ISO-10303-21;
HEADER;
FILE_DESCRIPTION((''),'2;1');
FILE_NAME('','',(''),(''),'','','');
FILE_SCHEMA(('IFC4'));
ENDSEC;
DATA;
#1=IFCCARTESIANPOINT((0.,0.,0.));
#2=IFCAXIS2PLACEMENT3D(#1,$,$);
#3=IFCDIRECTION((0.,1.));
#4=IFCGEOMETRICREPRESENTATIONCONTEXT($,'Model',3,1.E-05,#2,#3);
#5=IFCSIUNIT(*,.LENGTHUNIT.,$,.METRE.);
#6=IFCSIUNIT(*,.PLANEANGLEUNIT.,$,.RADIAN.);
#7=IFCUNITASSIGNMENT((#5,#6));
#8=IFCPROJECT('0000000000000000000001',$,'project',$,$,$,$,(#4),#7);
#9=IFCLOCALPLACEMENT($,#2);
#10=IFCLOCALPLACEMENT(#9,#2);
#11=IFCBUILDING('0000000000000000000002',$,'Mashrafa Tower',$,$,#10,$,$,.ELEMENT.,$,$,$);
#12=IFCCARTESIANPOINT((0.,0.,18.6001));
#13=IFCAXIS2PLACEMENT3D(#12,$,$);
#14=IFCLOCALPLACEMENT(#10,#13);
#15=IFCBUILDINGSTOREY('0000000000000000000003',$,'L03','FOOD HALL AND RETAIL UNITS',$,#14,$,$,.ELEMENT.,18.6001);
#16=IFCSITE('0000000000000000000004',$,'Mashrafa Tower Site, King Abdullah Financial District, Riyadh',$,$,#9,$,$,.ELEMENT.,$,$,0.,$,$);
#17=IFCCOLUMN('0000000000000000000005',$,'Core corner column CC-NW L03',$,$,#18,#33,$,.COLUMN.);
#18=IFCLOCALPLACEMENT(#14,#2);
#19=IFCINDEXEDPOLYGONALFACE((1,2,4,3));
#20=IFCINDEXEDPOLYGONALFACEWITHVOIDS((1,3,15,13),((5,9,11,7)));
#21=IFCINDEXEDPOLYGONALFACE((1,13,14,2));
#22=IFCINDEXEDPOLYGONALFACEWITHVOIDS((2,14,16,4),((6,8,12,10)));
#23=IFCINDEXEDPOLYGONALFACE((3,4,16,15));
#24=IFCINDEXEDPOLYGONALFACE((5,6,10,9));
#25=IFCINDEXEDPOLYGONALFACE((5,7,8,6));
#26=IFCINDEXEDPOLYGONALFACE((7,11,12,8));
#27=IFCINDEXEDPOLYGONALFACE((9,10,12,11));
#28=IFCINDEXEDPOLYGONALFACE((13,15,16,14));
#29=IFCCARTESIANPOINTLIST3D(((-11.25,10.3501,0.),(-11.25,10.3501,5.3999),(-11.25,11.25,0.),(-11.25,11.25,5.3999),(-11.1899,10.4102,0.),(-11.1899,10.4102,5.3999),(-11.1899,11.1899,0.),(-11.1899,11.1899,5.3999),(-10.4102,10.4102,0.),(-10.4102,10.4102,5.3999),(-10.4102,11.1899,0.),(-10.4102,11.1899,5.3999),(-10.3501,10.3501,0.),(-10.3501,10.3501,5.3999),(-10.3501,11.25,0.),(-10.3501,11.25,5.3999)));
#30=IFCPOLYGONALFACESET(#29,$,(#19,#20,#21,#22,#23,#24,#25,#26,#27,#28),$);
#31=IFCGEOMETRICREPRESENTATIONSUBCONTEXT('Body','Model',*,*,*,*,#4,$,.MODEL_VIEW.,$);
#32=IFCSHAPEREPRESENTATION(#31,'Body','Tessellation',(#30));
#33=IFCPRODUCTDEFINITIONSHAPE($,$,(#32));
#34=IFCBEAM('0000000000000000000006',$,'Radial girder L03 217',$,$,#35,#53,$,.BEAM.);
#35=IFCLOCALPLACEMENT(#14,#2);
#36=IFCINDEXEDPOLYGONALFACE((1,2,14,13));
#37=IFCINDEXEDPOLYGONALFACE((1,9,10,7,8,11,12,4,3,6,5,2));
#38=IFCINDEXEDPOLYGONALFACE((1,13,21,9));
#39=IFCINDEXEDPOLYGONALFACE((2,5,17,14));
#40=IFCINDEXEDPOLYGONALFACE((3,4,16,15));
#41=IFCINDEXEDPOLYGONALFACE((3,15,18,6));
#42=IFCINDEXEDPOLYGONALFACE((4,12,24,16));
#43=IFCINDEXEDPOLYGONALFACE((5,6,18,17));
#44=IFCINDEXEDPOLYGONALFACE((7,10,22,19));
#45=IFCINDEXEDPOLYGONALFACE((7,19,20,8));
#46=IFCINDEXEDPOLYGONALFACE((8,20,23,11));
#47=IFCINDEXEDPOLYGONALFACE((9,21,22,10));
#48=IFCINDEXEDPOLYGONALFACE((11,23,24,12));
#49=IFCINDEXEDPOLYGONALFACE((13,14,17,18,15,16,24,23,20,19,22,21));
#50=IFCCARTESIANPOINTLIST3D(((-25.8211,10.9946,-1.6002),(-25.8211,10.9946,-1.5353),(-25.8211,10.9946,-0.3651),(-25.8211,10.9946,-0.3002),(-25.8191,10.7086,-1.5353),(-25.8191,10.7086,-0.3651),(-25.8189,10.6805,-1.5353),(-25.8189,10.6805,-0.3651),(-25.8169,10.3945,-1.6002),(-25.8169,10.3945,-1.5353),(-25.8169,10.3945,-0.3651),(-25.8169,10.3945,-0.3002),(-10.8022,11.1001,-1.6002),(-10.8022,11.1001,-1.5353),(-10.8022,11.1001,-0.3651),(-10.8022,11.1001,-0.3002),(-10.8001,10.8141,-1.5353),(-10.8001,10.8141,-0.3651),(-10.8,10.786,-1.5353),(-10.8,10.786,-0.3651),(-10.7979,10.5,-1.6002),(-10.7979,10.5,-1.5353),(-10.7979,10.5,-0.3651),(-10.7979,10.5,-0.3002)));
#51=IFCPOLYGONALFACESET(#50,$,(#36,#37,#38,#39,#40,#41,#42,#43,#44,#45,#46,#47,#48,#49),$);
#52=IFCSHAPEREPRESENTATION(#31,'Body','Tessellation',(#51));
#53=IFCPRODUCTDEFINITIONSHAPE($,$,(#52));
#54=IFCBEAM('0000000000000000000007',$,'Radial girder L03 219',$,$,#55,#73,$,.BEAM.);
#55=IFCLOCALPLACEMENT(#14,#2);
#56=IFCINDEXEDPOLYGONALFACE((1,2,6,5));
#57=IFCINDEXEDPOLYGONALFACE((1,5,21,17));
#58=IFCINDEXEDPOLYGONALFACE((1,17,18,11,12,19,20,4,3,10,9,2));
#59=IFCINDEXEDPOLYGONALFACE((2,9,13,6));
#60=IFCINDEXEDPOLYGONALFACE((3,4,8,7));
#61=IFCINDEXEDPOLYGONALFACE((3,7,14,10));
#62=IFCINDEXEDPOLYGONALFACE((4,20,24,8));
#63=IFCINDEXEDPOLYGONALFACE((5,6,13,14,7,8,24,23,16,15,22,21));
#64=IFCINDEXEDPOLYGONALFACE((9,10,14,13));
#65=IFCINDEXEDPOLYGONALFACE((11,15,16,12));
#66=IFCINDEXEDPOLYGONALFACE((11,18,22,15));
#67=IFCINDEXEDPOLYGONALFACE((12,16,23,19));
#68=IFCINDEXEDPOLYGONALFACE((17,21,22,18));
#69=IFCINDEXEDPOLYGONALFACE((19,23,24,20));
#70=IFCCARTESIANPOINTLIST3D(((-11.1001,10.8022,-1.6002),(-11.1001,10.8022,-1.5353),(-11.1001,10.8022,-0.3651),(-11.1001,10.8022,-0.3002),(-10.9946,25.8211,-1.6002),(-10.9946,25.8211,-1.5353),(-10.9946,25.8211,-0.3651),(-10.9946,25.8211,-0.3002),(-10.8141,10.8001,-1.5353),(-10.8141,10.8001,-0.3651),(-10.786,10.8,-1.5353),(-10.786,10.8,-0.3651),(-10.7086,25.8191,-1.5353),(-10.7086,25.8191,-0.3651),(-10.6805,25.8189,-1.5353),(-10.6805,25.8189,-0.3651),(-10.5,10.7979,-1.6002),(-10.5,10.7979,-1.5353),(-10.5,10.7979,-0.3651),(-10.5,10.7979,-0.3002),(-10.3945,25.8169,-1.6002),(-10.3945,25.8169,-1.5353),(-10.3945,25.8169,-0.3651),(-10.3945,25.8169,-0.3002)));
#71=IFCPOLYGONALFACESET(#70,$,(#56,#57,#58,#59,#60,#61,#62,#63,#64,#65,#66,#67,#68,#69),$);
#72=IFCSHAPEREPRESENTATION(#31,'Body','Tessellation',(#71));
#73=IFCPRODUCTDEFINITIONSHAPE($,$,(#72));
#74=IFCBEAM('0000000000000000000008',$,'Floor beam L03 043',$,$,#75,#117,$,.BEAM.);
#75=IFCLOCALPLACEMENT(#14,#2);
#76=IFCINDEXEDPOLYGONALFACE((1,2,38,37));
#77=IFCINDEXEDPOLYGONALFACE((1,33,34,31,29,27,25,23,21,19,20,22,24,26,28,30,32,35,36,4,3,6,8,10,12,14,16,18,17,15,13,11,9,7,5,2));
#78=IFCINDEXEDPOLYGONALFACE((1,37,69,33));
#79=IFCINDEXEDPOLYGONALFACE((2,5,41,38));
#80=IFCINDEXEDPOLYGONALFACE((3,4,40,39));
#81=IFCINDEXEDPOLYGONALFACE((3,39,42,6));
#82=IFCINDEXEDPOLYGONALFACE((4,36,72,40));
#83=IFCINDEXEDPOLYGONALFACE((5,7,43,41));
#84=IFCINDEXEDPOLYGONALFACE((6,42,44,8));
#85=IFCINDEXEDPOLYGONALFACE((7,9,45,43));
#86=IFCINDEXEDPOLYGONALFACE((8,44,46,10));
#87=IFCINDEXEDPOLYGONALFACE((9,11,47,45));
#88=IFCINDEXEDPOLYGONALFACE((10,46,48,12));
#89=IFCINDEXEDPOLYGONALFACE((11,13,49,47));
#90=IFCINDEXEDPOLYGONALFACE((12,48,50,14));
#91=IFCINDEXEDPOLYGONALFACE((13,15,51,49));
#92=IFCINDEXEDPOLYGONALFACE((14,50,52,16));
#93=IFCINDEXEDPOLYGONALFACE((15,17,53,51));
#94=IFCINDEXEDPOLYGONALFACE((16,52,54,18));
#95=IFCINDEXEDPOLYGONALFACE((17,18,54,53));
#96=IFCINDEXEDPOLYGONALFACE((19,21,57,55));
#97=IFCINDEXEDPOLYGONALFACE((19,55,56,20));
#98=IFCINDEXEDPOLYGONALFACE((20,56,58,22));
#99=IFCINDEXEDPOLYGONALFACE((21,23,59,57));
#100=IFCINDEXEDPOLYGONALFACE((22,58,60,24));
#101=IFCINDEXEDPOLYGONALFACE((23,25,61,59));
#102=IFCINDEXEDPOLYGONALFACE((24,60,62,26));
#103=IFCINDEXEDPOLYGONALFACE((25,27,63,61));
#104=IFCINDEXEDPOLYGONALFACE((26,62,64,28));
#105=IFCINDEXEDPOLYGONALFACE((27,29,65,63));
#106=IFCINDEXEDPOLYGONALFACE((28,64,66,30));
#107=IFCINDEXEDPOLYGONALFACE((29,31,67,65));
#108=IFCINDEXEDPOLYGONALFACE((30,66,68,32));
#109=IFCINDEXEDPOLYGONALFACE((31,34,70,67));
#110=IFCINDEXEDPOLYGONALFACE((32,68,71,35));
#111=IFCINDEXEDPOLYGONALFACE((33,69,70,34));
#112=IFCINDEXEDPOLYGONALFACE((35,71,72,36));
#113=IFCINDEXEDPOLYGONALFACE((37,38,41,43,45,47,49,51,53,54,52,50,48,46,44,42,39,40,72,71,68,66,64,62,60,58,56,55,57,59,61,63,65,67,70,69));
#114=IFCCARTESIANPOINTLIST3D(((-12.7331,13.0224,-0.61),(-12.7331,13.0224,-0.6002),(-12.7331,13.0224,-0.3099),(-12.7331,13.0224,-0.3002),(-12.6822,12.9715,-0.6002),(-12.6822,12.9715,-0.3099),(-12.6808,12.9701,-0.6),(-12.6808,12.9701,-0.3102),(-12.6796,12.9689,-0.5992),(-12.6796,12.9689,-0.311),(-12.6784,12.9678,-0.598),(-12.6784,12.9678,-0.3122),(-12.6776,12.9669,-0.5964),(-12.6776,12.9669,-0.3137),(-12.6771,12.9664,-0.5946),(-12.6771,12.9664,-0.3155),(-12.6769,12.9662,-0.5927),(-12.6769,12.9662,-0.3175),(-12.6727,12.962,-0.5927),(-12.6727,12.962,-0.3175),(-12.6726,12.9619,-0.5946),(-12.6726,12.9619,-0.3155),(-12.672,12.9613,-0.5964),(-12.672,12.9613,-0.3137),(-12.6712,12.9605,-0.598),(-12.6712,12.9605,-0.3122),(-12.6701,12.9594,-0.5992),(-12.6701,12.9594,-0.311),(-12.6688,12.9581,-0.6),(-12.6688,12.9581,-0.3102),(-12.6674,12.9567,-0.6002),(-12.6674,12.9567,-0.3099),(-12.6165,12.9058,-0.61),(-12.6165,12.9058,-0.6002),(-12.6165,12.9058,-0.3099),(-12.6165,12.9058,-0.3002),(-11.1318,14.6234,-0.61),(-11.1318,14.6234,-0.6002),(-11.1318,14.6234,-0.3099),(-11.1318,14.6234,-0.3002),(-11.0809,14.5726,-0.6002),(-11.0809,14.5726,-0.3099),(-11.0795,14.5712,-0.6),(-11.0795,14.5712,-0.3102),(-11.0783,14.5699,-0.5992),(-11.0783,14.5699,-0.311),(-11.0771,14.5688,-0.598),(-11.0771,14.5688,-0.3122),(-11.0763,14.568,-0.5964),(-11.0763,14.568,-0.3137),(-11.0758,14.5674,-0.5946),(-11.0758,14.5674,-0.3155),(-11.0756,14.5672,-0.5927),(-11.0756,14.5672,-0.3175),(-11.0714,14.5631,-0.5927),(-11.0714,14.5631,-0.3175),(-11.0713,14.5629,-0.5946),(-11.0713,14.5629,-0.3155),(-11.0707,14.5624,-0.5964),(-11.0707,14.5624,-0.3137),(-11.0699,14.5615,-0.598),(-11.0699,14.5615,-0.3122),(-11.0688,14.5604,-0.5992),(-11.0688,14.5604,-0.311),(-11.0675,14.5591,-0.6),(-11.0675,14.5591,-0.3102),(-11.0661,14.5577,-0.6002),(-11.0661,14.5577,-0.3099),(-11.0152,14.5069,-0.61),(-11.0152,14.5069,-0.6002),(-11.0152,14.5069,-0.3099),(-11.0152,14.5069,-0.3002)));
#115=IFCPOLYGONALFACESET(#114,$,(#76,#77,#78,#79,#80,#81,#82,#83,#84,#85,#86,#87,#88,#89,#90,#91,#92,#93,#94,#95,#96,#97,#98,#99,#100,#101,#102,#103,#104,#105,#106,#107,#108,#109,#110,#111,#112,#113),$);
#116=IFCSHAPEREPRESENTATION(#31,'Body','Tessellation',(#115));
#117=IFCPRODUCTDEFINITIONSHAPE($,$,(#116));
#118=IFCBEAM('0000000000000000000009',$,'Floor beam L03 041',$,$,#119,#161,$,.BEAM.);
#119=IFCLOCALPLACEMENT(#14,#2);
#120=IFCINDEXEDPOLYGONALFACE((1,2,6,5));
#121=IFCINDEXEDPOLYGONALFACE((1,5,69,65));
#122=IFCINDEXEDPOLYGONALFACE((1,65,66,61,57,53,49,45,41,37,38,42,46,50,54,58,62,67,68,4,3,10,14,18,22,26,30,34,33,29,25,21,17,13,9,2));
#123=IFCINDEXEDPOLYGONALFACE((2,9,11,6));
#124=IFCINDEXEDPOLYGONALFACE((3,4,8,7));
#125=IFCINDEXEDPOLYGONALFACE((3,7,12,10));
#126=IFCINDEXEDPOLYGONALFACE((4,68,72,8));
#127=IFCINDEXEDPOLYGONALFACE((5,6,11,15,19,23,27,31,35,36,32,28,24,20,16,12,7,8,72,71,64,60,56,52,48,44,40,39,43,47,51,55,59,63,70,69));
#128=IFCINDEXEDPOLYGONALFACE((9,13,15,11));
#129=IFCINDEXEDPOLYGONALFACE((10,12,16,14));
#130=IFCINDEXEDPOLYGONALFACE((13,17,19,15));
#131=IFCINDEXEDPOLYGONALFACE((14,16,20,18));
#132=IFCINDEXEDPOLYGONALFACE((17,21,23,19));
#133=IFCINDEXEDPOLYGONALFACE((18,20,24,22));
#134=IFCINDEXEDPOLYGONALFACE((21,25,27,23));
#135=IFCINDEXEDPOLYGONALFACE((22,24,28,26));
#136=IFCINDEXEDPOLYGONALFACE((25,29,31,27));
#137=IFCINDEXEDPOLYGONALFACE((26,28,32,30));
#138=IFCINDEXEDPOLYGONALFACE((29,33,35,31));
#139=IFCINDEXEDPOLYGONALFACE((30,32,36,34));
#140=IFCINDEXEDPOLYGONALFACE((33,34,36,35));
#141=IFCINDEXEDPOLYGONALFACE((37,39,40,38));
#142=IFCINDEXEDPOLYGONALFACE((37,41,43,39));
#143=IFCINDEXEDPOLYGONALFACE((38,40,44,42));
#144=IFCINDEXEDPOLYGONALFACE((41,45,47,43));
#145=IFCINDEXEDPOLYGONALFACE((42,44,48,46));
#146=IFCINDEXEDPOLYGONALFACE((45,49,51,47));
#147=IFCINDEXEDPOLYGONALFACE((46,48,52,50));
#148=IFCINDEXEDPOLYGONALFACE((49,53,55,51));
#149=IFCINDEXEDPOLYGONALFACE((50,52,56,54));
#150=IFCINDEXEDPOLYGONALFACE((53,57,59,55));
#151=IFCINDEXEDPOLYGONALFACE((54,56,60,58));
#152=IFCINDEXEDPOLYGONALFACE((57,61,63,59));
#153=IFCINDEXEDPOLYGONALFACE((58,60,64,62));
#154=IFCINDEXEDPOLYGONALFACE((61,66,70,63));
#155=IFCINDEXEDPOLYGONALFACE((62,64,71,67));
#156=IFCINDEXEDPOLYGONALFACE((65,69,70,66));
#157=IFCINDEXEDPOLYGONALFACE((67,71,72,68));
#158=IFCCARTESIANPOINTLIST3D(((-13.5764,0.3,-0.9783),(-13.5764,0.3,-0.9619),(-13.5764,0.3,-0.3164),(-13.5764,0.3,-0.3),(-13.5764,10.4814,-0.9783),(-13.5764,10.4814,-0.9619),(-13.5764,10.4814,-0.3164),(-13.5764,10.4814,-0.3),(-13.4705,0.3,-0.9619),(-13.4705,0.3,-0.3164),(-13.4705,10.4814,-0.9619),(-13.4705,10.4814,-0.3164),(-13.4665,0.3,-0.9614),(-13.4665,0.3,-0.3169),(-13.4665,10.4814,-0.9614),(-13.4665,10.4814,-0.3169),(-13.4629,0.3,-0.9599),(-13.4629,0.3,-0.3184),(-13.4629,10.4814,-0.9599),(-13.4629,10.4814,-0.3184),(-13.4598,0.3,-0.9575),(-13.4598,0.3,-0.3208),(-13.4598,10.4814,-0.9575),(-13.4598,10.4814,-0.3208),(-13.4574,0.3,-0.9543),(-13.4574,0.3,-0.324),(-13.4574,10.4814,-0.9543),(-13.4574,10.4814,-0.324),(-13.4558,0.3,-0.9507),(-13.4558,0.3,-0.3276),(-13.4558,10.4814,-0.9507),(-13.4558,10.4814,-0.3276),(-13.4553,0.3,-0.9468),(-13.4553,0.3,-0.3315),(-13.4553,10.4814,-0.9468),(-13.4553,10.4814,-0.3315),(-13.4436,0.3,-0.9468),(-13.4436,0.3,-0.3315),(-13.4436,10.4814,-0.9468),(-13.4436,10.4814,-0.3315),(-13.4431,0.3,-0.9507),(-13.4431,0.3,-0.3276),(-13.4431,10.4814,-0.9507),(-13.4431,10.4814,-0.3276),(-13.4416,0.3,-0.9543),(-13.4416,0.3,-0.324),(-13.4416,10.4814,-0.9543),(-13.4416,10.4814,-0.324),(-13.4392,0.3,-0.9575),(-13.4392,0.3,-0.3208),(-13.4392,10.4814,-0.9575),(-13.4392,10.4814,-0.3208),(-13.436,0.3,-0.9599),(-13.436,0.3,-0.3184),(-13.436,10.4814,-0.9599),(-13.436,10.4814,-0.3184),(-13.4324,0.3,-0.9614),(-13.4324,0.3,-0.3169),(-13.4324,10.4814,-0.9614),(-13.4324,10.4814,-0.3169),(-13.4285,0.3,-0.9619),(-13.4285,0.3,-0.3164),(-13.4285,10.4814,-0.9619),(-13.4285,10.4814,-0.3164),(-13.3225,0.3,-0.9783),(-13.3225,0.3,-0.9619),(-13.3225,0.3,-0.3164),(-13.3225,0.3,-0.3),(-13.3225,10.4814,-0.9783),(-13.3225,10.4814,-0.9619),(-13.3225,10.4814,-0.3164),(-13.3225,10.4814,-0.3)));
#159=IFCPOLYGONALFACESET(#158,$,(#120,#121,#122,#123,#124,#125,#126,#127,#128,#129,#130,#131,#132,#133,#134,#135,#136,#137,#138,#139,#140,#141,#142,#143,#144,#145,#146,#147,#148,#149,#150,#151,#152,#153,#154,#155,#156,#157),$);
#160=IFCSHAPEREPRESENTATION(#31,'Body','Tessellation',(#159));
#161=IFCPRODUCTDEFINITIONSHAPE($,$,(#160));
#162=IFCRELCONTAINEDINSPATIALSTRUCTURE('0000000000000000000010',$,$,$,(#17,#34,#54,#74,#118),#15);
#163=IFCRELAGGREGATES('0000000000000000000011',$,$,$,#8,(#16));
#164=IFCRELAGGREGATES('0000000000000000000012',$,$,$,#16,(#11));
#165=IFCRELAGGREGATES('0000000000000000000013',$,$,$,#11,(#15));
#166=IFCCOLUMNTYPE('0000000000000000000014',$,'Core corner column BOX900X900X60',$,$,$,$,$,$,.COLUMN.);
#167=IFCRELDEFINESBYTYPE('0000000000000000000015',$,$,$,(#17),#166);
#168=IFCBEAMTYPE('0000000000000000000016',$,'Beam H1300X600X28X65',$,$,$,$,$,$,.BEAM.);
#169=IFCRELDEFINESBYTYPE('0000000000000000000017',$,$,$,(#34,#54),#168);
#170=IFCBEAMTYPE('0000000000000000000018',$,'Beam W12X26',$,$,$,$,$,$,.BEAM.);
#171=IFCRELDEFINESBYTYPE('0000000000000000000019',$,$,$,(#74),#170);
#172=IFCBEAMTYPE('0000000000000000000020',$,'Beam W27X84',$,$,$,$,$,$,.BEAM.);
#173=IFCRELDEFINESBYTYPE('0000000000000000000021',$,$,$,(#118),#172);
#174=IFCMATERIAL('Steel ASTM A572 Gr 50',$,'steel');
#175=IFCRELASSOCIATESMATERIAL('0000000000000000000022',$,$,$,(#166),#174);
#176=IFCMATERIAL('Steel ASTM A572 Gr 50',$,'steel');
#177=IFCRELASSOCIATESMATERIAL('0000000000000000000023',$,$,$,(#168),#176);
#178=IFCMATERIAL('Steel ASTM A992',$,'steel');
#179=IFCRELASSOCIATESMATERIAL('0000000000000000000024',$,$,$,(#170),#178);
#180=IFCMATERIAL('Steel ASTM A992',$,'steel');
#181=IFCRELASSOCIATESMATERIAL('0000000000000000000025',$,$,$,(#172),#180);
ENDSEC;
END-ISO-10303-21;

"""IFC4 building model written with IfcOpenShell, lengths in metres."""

from ifc_helpers import new_model, si_unit, direction, frame, origin, origin_2d, place, context, subcontext, project, spatial, hollow_rectangle, i_section, extrude, material, material_profile, profile_set, type_object, element, save


model = new_model("IFC4")

# Units and contexts
model_context = context("Model", 3, precision=1e-05, world=origin(), true_north=direction((0.0, 1.0)))
body_context = subcontext(model_context, "Body", "Model", "MODEL_VIEW")
ifc_project = project(units=[si_unit("LENGTHUNIT", "METRE"), si_unit("PLANEANGLEUNIT", "RADIAN")], contexts=[model_context])

# Site, building, storey
site_placement = place(None, origin())
site = spatial("IfcSite", under=ifc_project, at=site_placement, Name="Mashrafa Tower Site, King Abdullah Financial District, Riyadh", CompositionType="ELEMENT", RefElevation=0.0)
building_placement = place(site_placement, origin())
building = spatial("IfcBuilding", under=site, at=building_placement, Name="Mashrafa Tower", CompositionType="ELEMENT")
storey_placement = place(building_placement, frame((0.0, 0.0, 18.6001)))
storey = spatial("IfcBuildingStorey", under=building, at=storey_placement, Name="L03", Description="FOOD HALL AND RETAIL UNITS", CompositionType="ELEMENT", Elevation=18.6001)

# Column
ifc_material_1 = material(Name="Steel ASTM A572 Gr 50", Category="steel")
ifc_material_profile_1 = material_profile(ifc_material_1, hollow_rectangle(XDim=0.8999, YDim=0.8999, WallThickness=0.0601, at=origin_2d()), Name="BOX900X900X60")
ifc_profile_set_1 = profile_set([ifc_material_profile_1], Name="Steel ASTM A572 Gr 50")
column_type = type_object("IfcColumnType", Name="Core corner column BOX900X900X60", PredefinedType="COLUMN", material=ifc_profile_set_1)
column_placement = place(storey_placement, frame((-10.8, 10.8, 0.0), z_axis=(0.0, 0.0, 1.0), x_axis=(1.0, 0.0, 0.0)))
element("IfcColumn", 1, at=column_placement, inside=storey, type_object=column_type, Name="Core corner column CC-NW L03", PredefinedType="COLUMN", context=body_context, shape_type="SweptSolid", body=[
    extrude(hollow_rectangle(XDim=0.8999, YDim=0.8999, WallThickness=0.0601, at=origin_2d()), origin(), (0.0, 0.0, 1.0), 5.3999),
])

# Beams
ifc_material_2 = material(Name="Steel ASTM A572 Gr 50", Category="steel")
ifc_material_profile_2 = material_profile(ifc_material_2, i_section(OverallWidth=0.6001, OverallDepth=1.3, WebThickness=0.0281, FlangeThickness=0.0649, at=origin_2d()), Name="H1300X600X28X65")
ifc_profile_set_2 = profile_set([ifc_material_profile_2], Name="Steel ASTM A572 Gr 50")
beam_type_1 = type_object("IfcBeamType", Name="Beam H1300X600X28X65", PredefinedType="BEAM", material=ifc_profile_set_2)
for number, where, z_axis, x_axis, name in (
    (2, (-10.8, 10.8, -0.9502), (-0.999975, -0.007022, 0.0), (0.007022, -0.999975, 0.0), "Radial girder L03 217"),
    (3, (-10.8, 10.8, -0.9502), (0.007022, 0.999975, 0.0), (-0.999975, 0.007022, 0.0), "Radial girder L03 219"),
):
    element("IfcBeam", number, at=place(storey_placement, frame(where, z_axis=z_axis, x_axis=x_axis)), inside=storey, type_object=beam_type_1, Name=name, PredefinedType="BEAM", context=body_context, shape_type="SweptSolid", body=[
        extrude(i_section(OverallWidth=0.6001, OverallDepth=1.3, WebThickness=0.0281, FlangeThickness=0.0649, at=origin_2d()), origin(), (0.0, 0.0, 1.0), 15.0193),
    ])
ifc_material_3 = material(Name="Steel ASTM A992", Category="steel")
ifc_material_profile_3 = material_profile(ifc_material_3, i_section(OverallWidth=0.1648, OverallDepth=0.3098, WebThickness=0.0059, FlangeThickness=0.0098, FilletRadius=0.0076, at=origin_2d()), Name="W12X26")
ifc_profile_set_3 = profile_set([ifc_material_profile_3], Name="Steel ASTM A992")
beam_type_2 = type_object("IfcBeamType", Name="Beam W12X26", PredefinedType="BEAM", material=ifc_profile_set_3)
beam_1_placement = place(storey_placement, frame((-12.6748, 12.9641, -0.4551), z_axis=(0.707161, 0.707053, 0.0), x_axis=(-0.707053, 0.707161, 0.0)))
element("IfcBeam", 4, at=beam_1_placement, inside=storey, type_object=beam_type_2, Name="Floor beam L03 043", PredefinedType="BEAM", context=body_context, shape_type="SweptSolid", body=[
    extrude(i_section(OverallWidth=0.1648, OverallDepth=0.3098, WebThickness=0.0059, FlangeThickness=0.0098, FilletRadius=0.0076, at=origin_2d()), origin(), (0.0, 0.0, 1.0), 2.2644),
])
ifc_material_4 = material(Name="Steel ASTM A992", Category="steel")
ifc_material_profile_4 = material_profile(ifc_material_4, i_section(OverallWidth=0.2539, OverallDepth=0.6782, WebThickness=0.0117, FlangeThickness=0.0164, FilletRadius=0.0151, at=origin_2d()), Name="W27X84")
ifc_profile_set_4 = profile_set([ifc_material_profile_4], Name="Steel ASTM A992")
beam_type_3 = type_object("IfcBeamType", Name="Beam W27X84", PredefinedType="BEAM", material=ifc_profile_set_4)
beam_2_placement = place(storey_placement, frame((-13.4495, 0.3, -0.6392), z_axis=(0.0, 1.0, 0.0), x_axis=(-1.0, 0.0, 0.0)))
element("IfcBeam", 5, at=beam_2_placement, inside=storey, type_object=beam_type_3, Name="Floor beam L03 041", PredefinedType="BEAM", context=body_context, shape_type="SweptSolid", body=[
    extrude(i_section(OverallWidth=0.2539, OverallDepth=0.6782, WebThickness=0.0117, FlangeThickness=0.0164, FilletRadius=0.0151, at=origin_2d()), origin(), (0.0, 0.0, 1.0), 10.1814),
])

save(model, "model.ifc")
